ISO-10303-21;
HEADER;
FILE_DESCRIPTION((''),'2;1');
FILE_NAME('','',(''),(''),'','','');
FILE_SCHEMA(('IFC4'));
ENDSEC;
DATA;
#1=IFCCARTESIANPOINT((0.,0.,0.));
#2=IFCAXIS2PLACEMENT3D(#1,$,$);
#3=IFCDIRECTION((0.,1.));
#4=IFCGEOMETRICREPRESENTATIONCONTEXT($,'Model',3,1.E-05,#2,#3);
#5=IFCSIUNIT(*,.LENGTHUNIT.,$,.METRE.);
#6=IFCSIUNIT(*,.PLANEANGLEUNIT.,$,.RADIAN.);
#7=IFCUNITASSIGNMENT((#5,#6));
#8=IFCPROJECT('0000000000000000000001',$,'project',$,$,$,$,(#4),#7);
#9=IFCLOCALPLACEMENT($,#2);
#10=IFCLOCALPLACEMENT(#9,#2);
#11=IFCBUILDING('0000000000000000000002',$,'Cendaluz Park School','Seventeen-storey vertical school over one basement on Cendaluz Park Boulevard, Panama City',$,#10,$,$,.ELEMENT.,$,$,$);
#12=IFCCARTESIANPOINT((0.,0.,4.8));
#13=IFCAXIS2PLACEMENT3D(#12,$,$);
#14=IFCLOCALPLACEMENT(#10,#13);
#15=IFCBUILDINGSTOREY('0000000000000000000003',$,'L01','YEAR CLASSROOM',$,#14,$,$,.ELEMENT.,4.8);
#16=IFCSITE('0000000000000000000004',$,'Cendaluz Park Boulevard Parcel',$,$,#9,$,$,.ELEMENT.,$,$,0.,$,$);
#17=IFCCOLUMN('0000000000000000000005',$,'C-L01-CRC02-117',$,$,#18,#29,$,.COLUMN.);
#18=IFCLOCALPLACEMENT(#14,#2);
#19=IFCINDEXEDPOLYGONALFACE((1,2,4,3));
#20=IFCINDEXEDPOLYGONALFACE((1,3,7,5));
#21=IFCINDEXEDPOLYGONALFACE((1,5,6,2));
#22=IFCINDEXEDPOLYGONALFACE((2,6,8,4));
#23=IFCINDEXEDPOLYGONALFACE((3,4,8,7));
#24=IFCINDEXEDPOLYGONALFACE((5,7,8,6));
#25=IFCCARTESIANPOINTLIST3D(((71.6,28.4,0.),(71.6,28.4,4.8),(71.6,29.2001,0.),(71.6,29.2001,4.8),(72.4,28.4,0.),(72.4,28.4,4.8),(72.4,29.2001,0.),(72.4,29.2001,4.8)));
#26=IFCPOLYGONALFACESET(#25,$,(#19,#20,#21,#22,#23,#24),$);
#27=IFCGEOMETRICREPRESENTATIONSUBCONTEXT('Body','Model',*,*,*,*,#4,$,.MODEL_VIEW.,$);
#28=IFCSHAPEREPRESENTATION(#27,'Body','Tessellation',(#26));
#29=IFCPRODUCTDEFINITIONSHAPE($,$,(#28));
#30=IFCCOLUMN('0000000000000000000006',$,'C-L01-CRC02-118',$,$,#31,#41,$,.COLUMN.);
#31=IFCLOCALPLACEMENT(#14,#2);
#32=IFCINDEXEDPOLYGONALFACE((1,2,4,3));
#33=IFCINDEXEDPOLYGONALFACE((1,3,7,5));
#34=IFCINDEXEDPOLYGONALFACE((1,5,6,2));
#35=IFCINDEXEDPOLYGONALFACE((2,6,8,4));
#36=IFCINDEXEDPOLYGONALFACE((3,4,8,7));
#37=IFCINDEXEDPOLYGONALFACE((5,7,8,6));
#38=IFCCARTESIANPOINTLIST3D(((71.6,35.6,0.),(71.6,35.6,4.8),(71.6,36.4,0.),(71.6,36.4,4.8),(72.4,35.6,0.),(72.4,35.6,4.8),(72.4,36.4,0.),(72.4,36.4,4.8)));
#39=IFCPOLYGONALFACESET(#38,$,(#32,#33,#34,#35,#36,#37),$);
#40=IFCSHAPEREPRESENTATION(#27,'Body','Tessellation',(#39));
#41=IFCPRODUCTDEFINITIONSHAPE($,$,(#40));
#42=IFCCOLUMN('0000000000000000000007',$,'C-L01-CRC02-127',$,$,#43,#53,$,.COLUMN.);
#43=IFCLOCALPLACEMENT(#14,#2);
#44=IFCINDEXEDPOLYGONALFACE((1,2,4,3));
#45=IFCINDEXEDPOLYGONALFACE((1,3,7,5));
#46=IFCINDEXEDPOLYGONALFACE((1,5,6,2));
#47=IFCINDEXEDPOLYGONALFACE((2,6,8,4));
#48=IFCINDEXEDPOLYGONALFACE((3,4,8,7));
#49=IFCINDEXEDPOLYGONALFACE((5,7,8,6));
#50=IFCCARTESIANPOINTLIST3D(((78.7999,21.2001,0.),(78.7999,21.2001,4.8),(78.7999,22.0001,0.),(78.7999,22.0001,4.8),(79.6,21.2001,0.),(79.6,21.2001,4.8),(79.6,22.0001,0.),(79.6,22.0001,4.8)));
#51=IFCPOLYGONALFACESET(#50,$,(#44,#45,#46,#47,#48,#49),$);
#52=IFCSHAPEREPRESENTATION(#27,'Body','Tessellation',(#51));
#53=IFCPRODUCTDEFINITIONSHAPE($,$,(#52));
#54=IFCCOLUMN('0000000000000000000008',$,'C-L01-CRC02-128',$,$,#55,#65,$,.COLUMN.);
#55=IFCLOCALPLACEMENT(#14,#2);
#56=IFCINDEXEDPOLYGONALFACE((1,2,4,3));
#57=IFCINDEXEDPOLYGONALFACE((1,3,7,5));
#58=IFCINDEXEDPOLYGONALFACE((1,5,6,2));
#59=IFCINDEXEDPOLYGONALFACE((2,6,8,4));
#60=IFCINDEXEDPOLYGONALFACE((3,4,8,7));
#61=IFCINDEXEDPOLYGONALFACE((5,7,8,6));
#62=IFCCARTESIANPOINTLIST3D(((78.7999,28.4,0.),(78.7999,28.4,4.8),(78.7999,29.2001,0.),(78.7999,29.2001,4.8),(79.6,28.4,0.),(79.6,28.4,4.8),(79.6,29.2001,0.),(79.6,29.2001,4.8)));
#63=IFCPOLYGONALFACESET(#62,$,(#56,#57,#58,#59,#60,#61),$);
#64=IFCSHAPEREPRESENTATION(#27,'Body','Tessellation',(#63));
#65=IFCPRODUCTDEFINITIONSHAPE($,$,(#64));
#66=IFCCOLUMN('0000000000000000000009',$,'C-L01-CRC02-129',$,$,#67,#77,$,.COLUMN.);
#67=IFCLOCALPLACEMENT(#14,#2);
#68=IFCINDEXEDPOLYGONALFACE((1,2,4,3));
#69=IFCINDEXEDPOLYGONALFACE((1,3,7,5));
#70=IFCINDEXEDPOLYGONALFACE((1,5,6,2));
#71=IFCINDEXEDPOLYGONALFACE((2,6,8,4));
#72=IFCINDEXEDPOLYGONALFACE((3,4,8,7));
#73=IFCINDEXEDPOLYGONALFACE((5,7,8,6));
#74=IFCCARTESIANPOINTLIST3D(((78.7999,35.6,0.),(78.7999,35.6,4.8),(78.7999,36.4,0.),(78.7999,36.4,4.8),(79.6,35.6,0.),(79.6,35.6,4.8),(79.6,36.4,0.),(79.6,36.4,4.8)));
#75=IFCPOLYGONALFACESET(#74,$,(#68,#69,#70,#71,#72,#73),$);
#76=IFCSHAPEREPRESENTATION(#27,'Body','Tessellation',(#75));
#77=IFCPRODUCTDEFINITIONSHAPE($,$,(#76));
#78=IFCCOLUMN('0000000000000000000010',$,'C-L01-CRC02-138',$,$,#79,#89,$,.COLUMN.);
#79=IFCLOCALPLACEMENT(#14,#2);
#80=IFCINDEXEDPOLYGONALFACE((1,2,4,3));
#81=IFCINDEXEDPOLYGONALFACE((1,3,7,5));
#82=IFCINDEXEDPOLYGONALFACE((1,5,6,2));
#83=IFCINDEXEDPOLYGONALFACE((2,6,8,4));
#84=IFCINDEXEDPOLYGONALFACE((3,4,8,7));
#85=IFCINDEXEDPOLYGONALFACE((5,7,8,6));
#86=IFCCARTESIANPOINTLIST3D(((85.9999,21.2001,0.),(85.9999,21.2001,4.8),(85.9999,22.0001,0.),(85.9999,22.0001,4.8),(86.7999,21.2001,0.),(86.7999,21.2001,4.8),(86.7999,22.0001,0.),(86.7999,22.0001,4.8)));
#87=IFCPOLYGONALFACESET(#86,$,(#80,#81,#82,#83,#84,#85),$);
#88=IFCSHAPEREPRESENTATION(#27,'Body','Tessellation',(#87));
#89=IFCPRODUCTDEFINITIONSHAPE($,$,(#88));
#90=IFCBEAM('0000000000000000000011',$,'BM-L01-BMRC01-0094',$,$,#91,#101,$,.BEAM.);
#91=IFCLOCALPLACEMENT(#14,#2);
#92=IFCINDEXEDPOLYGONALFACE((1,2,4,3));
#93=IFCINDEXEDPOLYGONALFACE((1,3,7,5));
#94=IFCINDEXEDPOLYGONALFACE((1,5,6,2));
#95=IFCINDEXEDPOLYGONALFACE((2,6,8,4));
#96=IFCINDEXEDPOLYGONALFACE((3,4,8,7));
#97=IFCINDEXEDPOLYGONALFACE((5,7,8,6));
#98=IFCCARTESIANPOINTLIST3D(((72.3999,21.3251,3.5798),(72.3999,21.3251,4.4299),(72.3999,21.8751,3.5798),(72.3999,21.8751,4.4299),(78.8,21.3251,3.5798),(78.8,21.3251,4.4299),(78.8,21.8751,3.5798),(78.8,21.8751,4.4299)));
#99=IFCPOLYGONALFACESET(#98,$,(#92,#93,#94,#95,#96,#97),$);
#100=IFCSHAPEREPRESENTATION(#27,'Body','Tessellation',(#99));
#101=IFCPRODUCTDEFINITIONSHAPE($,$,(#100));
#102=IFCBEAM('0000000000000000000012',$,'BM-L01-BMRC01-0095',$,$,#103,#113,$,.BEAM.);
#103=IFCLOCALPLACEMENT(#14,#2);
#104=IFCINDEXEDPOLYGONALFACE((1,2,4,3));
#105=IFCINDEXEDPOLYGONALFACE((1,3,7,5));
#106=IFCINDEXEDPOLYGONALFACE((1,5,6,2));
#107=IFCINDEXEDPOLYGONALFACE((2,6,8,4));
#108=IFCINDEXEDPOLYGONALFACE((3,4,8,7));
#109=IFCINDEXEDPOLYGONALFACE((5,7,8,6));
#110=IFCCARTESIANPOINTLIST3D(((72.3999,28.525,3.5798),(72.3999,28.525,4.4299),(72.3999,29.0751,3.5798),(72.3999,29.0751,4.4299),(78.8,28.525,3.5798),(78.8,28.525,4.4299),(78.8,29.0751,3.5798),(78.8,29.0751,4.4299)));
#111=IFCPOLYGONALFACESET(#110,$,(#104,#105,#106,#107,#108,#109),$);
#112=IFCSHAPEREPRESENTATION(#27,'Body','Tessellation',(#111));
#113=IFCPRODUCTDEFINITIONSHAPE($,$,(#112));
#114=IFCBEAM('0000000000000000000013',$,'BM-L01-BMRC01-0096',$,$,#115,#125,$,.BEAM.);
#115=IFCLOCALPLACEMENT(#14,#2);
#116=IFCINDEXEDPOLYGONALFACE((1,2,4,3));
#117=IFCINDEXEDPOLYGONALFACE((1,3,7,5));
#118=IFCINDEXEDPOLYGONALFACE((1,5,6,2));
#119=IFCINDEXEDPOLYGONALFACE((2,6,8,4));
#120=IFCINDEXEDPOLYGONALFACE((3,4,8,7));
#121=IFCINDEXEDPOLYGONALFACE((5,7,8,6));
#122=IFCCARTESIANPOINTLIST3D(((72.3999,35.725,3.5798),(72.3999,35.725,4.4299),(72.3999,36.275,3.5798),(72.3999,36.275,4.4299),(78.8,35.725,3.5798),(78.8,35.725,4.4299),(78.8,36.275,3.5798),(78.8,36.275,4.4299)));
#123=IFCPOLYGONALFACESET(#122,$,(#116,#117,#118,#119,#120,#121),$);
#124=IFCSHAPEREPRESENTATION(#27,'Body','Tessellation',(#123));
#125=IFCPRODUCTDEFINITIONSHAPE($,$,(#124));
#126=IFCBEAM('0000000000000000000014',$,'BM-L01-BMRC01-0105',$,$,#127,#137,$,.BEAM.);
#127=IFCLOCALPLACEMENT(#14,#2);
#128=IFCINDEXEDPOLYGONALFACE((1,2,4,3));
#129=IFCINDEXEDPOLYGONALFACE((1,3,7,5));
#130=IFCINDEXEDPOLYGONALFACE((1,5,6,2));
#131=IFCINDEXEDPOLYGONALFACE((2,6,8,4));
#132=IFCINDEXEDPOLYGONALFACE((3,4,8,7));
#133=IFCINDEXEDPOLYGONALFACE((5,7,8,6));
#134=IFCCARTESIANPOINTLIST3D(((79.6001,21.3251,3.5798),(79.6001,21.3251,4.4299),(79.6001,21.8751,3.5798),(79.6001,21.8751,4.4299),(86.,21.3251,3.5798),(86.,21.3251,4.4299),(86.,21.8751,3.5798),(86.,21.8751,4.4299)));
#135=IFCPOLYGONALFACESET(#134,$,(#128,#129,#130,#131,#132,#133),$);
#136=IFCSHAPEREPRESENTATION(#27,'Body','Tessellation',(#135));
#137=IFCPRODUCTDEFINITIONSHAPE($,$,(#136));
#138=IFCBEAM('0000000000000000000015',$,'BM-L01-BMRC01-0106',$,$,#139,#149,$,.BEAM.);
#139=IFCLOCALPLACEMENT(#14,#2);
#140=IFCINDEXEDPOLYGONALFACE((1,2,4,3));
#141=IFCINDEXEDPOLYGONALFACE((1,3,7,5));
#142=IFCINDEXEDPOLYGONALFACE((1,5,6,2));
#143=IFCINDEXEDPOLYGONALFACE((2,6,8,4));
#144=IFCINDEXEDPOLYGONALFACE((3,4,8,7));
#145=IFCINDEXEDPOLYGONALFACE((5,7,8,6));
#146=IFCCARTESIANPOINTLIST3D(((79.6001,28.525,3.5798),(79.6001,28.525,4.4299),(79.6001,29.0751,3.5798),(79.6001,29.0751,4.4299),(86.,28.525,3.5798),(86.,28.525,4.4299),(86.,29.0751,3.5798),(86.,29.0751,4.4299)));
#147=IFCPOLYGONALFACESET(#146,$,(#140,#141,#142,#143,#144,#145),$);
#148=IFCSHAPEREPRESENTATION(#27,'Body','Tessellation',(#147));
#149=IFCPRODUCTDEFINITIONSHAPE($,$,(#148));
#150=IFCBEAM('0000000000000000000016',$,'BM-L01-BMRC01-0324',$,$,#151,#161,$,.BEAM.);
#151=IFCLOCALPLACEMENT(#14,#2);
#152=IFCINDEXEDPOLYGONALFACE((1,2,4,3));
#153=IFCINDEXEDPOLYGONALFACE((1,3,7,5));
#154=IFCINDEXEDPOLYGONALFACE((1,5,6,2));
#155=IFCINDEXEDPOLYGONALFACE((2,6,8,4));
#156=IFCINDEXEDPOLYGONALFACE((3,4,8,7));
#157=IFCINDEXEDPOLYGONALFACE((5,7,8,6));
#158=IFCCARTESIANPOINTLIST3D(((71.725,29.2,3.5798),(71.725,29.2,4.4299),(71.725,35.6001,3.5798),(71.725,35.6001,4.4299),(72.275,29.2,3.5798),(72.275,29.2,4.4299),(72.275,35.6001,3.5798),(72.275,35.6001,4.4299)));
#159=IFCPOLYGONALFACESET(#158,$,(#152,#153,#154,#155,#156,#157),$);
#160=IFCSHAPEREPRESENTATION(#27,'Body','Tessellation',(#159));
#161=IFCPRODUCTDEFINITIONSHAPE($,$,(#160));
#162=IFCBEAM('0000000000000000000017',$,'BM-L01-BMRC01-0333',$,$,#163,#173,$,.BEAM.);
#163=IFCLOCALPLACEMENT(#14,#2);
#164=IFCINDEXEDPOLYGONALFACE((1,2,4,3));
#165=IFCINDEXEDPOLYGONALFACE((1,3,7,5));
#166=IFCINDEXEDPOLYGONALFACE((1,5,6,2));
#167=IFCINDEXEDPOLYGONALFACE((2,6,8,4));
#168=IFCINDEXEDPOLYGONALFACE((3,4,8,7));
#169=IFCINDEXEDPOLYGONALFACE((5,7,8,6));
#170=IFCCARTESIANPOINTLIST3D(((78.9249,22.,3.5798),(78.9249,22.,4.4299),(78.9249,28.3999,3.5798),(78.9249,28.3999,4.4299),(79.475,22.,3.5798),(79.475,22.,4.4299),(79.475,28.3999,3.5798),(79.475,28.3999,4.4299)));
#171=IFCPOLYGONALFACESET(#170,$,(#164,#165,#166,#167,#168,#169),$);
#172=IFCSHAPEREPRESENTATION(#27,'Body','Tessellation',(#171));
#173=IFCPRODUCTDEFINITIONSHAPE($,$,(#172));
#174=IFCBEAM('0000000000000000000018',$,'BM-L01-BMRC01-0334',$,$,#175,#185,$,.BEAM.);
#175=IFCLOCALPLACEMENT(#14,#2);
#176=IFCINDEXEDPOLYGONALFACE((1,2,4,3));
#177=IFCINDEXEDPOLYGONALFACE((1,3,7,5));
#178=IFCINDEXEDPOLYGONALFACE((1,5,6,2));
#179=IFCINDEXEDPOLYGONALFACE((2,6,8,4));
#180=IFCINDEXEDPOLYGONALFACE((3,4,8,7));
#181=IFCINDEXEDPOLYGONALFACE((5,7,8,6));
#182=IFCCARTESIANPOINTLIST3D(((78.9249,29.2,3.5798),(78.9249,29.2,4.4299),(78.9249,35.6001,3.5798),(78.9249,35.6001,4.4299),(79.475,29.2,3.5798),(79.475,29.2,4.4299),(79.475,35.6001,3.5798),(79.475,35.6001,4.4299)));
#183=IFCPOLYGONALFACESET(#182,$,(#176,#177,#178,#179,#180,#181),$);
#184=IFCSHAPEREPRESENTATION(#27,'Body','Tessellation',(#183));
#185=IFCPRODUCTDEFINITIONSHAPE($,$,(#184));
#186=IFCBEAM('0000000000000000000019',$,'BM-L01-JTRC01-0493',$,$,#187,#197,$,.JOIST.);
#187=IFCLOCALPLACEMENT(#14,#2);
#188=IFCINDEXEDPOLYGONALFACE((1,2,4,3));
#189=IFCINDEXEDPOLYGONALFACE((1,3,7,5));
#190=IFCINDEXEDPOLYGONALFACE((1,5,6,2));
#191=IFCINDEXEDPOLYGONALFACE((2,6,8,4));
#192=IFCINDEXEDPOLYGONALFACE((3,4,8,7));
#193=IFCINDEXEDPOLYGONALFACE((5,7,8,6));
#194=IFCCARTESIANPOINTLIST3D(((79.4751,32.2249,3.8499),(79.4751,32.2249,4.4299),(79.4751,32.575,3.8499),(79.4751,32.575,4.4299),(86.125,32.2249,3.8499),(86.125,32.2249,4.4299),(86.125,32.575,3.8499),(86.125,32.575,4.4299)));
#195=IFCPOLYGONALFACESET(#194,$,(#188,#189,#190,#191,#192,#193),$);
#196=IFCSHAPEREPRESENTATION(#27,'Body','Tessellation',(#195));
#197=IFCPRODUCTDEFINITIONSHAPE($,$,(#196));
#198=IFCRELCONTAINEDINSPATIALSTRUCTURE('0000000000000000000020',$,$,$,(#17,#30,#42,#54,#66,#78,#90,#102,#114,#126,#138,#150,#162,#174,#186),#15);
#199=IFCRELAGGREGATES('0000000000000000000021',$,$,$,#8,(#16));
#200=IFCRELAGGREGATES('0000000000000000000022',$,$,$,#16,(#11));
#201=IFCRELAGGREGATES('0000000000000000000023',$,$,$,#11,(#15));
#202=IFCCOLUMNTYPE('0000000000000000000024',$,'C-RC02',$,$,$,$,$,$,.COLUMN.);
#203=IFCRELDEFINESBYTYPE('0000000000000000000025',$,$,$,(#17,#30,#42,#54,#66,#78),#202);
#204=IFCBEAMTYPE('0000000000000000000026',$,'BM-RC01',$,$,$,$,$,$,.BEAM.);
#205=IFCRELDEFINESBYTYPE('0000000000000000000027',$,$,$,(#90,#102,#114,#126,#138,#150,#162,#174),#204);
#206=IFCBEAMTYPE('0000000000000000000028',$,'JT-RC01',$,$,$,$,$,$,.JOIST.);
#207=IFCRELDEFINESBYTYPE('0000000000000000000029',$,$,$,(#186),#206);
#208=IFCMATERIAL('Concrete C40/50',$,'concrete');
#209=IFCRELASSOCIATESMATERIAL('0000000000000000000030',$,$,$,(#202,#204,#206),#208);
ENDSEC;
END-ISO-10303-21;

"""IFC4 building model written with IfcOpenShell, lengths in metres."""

from ifc_helpers import new_model, si_unit, direction, frame, origin, origin_2d, place, context, subcontext, project, spatial, rectangle, extrude, material, material_profile, profile_set, type_object, element, save


model = new_model("IFC4")

# Units and contexts
model_context = context("Model", 3, precision=1e-05, world=origin(), true_north=direction((0.0, 1.0)))
body_context = subcontext(model_context, "Body", "Model", "MODEL_VIEW")
ifc_project = project(units=[si_unit("LENGTHUNIT", "METRE"), si_unit("PLANEANGLEUNIT", "RADIAN")], contexts=[model_context])

# Site, building, storey
site_placement = place(None, origin())
site = spatial("IfcSite", under=ifc_project, at=site_placement, Name="Cendaluz Park Boulevard Parcel", CompositionType="ELEMENT", RefElevation=0.0)
building_placement = place(site_placement, origin())
building = spatial("IfcBuilding", under=site, at=building_placement, Name="Cendaluz Park School", Description="Seventeen-storey vertical school over one basement on Cendaluz Park Boulevard, Panama City", CompositionType="ELEMENT")
storey_placement = place(building_placement, frame((0.0, 0.0, 4.8)))
storey = spatial("IfcBuildingStorey", under=building, at=storey_placement, Name="L01", Description="YEAR CLASSROOM", CompositionType="ELEMENT", Elevation=4.8)

# Columns
ifc_material_1 = material(Name="Concrete C40/50", Category="concrete")
ifc_material_profile_1 = material_profile(ifc_material_1, rectangle(XDim=0.8, YDim=0.8, at=origin_2d()), Name="RC 800x800", Category="concrete")
ifc_profile_set_1 = profile_set([ifc_material_profile_1], Name="Concrete C40/50")
column_type = type_object("IfcColumnType", Name="C-RC02", PredefinedType="COLUMN", material=ifc_profile_set_1)
for number, where, z_axis, x_axis, name in (
    (1, (72.0, 28.8, 0.0), (0.0, 0.0, 1.0), (1.0, 0.0, 0.0), "C-L01-CRC02-117"),
    (2, (72.0, 36.0, 0.0), (0.0, 0.0, 1.0), (1.0, 0.0, 0.0), "C-L01-CRC02-118"),
    (3, (79.2, 21.6001, 0.0), (0.0, 0.0, 1.0), (1.0, 0.0, 0.0), "C-L01-CRC02-127"),
    (4, (79.2, 28.8, 0.0), (0.0, 0.0, 1.0), (1.0, 0.0, 0.0), "C-L01-CRC02-128"),
    (5, (79.2, 36.0, 0.0), (0.0, 0.0, 1.0), (1.0, 0.0, 0.0), "C-L01-CRC02-129"),
    (6, (86.3999, 21.6001, 0.0), (0.0, 0.0, 1.0), (1.0, 0.0, 0.0), "C-L01-CRC02-138"),
):
    element("IfcColumn", number, at=place(storey_placement, frame(where, z_axis=z_axis, x_axis=x_axis)), inside=storey, type_object=column_type, Name=name, PredefinedType="COLUMN", context=body_context, shape_type="SweptSolid", body=[
        extrude(rectangle(XDim=0.8, YDim=0.8, at=origin_2d()), origin(), (0.0, 0.0, 1.0), 4.8),
    ])

# Beams
ifc_material_profile_2 = material_profile(ifc_material_1, rectangle(XDim=0.55, YDim=0.8501, at=origin_2d()), Name="RC 550x850", Category="concrete")
ifc_profile_set_2 = profile_set([ifc_material_profile_2], Name="Concrete C40/50")
beam_type_1 = type_object("IfcBeamType", Name="BM-RC01", PredefinedType="BEAM", material=ifc_profile_set_2)
for number, where, z_axis, x_axis, name in (
    (7, (72.3999, 21.6001, 4.0049), (1.0, 0.0, 0.0), (0.0, 1.0, 0.0), "BM-L01-BMRC01-0094"),
    (8, (72.3999, 28.8, 4.0049), (1.0, 0.0, 0.0), (0.0, 1.0, 0.0), "BM-L01-BMRC01-0095"),
    (9, (72.3999, 36.0, 4.0049), (1.0, 0.0, 0.0), (0.0, 1.0, 0.0), "BM-L01-BMRC01-0096"),
):
    element("IfcBeam", number, at=place(storey_placement, frame(where, z_axis=z_axis, x_axis=x_axis)), inside=storey, type_object=beam_type_1, Name=name, PredefinedType="BEAM", context=body_context, shape_type="SweptSolid", body=[
        extrude(rectangle(XDim=0.55, YDim=0.8501, at=origin_2d()), origin(), (0.0, 0.0, 1.0), 6.4001),
    ])
for number, where, z_axis, x_axis, name in (
    (10, (79.6001, 21.6001, 4.0049), (1.0, 0.0, 0.0), (0.0, 1.0, 0.0), "BM-L01-BMRC01-0105"),
    (11, (79.6001, 28.8, 4.0049), (1.0, 0.0, 0.0), (0.0, 1.0, 0.0), "BM-L01-BMRC01-0106"),
):
    element("IfcBeam", number, at=place(storey_placement, frame(where, z_axis=z_axis, x_axis=x_axis)), inside=storey, type_object=beam_type_1, Name=name, PredefinedType="BEAM", context=body_context, shape_type="SweptSolid", body=[
        extrude(rectangle(XDim=0.55, YDim=0.8501, at=origin_2d()), origin(), (0.0, 0.0, 1.0), 6.3999),
    ])
beam_1_placement = place(storey_placement, frame((72.0, 29.2, 4.0049), z_axis=(0.0, 1.0, 0.0), x_axis=(-1.0, 0.0, 0.0)))
element("IfcBeam", 12, at=beam_1_placement, inside=storey, type_object=beam_type_1, Name="BM-L01-BMRC01-0324", PredefinedType="BEAM", context=body_context, shape_type="SweptSolid", body=[
    extrude(rectangle(XDim=0.55, YDim=0.8501, at=origin_2d()), origin(), (0.0, 0.0, 1.0), 6.4001),
])
beam_2_placement = place(storey_placement, frame((79.2, 22.0, 4.0049), z_axis=(0.0, 1.0, 0.0), x_axis=(-1.0, 0.0, 0.0)))
element("IfcBeam", 13, at=beam_2_placement, inside=storey, type_object=beam_type_1, Name="BM-L01-BMRC01-0333", PredefinedType="BEAM", context=body_context, shape_type="SweptSolid", body=[
    extrude(rectangle(XDim=0.55, YDim=0.8501, at=origin_2d()), origin(), (0.0, 0.0, 1.0), 6.3999),
])
beam_3_placement = place(storey_placement, frame((79.2, 29.2, 4.0049), z_axis=(0.0, 1.0, 0.0), x_axis=(-1.0, 0.0, 0.0)))
element("IfcBeam", 14, at=beam_3_placement, inside=storey, type_object=beam_type_1, Name="BM-L01-BMRC01-0334", PredefinedType="BEAM", context=body_context, shape_type="SweptSolid", body=[
    extrude(rectangle(XDim=0.55, YDim=0.8501, at=origin_2d()), origin(), (0.0, 0.0, 1.0), 6.4001),
])
ifc_material_profile_3 = material_profile(ifc_material_1, rectangle(XDim=0.3501, YDim=0.5801, at=origin_2d()), Name="RC 350x580", Category="concrete")
ifc_profile_set_3 = profile_set([ifc_material_profile_3], Name="Concrete C40/50")
beam_type_2 = type_object("IfcBeamType", Name="JT-RC01", PredefinedType="JOIST", material=ifc_profile_set_3)
beam_4_placement = place(storey_placement, frame((79.4751, 32.3999, 4.1399), z_axis=(1.0, 0.0, 0.0), x_axis=(0.0, 1.0, 0.0)))
element("IfcBeam", 15, at=beam_4_placement, inside=storey, type_object=beam_type_2, Name="BM-L01-JTRC01-0493", PredefinedType="JOIST", context=body_context, shape_type="SweptSolid", body=[
    extrude(rectangle(XDim=0.3501, YDim=0.5801, at=origin_2d()), origin(), (0.0, 0.0, 1.0), 6.6499),
])

save(model, "model.ifc")
